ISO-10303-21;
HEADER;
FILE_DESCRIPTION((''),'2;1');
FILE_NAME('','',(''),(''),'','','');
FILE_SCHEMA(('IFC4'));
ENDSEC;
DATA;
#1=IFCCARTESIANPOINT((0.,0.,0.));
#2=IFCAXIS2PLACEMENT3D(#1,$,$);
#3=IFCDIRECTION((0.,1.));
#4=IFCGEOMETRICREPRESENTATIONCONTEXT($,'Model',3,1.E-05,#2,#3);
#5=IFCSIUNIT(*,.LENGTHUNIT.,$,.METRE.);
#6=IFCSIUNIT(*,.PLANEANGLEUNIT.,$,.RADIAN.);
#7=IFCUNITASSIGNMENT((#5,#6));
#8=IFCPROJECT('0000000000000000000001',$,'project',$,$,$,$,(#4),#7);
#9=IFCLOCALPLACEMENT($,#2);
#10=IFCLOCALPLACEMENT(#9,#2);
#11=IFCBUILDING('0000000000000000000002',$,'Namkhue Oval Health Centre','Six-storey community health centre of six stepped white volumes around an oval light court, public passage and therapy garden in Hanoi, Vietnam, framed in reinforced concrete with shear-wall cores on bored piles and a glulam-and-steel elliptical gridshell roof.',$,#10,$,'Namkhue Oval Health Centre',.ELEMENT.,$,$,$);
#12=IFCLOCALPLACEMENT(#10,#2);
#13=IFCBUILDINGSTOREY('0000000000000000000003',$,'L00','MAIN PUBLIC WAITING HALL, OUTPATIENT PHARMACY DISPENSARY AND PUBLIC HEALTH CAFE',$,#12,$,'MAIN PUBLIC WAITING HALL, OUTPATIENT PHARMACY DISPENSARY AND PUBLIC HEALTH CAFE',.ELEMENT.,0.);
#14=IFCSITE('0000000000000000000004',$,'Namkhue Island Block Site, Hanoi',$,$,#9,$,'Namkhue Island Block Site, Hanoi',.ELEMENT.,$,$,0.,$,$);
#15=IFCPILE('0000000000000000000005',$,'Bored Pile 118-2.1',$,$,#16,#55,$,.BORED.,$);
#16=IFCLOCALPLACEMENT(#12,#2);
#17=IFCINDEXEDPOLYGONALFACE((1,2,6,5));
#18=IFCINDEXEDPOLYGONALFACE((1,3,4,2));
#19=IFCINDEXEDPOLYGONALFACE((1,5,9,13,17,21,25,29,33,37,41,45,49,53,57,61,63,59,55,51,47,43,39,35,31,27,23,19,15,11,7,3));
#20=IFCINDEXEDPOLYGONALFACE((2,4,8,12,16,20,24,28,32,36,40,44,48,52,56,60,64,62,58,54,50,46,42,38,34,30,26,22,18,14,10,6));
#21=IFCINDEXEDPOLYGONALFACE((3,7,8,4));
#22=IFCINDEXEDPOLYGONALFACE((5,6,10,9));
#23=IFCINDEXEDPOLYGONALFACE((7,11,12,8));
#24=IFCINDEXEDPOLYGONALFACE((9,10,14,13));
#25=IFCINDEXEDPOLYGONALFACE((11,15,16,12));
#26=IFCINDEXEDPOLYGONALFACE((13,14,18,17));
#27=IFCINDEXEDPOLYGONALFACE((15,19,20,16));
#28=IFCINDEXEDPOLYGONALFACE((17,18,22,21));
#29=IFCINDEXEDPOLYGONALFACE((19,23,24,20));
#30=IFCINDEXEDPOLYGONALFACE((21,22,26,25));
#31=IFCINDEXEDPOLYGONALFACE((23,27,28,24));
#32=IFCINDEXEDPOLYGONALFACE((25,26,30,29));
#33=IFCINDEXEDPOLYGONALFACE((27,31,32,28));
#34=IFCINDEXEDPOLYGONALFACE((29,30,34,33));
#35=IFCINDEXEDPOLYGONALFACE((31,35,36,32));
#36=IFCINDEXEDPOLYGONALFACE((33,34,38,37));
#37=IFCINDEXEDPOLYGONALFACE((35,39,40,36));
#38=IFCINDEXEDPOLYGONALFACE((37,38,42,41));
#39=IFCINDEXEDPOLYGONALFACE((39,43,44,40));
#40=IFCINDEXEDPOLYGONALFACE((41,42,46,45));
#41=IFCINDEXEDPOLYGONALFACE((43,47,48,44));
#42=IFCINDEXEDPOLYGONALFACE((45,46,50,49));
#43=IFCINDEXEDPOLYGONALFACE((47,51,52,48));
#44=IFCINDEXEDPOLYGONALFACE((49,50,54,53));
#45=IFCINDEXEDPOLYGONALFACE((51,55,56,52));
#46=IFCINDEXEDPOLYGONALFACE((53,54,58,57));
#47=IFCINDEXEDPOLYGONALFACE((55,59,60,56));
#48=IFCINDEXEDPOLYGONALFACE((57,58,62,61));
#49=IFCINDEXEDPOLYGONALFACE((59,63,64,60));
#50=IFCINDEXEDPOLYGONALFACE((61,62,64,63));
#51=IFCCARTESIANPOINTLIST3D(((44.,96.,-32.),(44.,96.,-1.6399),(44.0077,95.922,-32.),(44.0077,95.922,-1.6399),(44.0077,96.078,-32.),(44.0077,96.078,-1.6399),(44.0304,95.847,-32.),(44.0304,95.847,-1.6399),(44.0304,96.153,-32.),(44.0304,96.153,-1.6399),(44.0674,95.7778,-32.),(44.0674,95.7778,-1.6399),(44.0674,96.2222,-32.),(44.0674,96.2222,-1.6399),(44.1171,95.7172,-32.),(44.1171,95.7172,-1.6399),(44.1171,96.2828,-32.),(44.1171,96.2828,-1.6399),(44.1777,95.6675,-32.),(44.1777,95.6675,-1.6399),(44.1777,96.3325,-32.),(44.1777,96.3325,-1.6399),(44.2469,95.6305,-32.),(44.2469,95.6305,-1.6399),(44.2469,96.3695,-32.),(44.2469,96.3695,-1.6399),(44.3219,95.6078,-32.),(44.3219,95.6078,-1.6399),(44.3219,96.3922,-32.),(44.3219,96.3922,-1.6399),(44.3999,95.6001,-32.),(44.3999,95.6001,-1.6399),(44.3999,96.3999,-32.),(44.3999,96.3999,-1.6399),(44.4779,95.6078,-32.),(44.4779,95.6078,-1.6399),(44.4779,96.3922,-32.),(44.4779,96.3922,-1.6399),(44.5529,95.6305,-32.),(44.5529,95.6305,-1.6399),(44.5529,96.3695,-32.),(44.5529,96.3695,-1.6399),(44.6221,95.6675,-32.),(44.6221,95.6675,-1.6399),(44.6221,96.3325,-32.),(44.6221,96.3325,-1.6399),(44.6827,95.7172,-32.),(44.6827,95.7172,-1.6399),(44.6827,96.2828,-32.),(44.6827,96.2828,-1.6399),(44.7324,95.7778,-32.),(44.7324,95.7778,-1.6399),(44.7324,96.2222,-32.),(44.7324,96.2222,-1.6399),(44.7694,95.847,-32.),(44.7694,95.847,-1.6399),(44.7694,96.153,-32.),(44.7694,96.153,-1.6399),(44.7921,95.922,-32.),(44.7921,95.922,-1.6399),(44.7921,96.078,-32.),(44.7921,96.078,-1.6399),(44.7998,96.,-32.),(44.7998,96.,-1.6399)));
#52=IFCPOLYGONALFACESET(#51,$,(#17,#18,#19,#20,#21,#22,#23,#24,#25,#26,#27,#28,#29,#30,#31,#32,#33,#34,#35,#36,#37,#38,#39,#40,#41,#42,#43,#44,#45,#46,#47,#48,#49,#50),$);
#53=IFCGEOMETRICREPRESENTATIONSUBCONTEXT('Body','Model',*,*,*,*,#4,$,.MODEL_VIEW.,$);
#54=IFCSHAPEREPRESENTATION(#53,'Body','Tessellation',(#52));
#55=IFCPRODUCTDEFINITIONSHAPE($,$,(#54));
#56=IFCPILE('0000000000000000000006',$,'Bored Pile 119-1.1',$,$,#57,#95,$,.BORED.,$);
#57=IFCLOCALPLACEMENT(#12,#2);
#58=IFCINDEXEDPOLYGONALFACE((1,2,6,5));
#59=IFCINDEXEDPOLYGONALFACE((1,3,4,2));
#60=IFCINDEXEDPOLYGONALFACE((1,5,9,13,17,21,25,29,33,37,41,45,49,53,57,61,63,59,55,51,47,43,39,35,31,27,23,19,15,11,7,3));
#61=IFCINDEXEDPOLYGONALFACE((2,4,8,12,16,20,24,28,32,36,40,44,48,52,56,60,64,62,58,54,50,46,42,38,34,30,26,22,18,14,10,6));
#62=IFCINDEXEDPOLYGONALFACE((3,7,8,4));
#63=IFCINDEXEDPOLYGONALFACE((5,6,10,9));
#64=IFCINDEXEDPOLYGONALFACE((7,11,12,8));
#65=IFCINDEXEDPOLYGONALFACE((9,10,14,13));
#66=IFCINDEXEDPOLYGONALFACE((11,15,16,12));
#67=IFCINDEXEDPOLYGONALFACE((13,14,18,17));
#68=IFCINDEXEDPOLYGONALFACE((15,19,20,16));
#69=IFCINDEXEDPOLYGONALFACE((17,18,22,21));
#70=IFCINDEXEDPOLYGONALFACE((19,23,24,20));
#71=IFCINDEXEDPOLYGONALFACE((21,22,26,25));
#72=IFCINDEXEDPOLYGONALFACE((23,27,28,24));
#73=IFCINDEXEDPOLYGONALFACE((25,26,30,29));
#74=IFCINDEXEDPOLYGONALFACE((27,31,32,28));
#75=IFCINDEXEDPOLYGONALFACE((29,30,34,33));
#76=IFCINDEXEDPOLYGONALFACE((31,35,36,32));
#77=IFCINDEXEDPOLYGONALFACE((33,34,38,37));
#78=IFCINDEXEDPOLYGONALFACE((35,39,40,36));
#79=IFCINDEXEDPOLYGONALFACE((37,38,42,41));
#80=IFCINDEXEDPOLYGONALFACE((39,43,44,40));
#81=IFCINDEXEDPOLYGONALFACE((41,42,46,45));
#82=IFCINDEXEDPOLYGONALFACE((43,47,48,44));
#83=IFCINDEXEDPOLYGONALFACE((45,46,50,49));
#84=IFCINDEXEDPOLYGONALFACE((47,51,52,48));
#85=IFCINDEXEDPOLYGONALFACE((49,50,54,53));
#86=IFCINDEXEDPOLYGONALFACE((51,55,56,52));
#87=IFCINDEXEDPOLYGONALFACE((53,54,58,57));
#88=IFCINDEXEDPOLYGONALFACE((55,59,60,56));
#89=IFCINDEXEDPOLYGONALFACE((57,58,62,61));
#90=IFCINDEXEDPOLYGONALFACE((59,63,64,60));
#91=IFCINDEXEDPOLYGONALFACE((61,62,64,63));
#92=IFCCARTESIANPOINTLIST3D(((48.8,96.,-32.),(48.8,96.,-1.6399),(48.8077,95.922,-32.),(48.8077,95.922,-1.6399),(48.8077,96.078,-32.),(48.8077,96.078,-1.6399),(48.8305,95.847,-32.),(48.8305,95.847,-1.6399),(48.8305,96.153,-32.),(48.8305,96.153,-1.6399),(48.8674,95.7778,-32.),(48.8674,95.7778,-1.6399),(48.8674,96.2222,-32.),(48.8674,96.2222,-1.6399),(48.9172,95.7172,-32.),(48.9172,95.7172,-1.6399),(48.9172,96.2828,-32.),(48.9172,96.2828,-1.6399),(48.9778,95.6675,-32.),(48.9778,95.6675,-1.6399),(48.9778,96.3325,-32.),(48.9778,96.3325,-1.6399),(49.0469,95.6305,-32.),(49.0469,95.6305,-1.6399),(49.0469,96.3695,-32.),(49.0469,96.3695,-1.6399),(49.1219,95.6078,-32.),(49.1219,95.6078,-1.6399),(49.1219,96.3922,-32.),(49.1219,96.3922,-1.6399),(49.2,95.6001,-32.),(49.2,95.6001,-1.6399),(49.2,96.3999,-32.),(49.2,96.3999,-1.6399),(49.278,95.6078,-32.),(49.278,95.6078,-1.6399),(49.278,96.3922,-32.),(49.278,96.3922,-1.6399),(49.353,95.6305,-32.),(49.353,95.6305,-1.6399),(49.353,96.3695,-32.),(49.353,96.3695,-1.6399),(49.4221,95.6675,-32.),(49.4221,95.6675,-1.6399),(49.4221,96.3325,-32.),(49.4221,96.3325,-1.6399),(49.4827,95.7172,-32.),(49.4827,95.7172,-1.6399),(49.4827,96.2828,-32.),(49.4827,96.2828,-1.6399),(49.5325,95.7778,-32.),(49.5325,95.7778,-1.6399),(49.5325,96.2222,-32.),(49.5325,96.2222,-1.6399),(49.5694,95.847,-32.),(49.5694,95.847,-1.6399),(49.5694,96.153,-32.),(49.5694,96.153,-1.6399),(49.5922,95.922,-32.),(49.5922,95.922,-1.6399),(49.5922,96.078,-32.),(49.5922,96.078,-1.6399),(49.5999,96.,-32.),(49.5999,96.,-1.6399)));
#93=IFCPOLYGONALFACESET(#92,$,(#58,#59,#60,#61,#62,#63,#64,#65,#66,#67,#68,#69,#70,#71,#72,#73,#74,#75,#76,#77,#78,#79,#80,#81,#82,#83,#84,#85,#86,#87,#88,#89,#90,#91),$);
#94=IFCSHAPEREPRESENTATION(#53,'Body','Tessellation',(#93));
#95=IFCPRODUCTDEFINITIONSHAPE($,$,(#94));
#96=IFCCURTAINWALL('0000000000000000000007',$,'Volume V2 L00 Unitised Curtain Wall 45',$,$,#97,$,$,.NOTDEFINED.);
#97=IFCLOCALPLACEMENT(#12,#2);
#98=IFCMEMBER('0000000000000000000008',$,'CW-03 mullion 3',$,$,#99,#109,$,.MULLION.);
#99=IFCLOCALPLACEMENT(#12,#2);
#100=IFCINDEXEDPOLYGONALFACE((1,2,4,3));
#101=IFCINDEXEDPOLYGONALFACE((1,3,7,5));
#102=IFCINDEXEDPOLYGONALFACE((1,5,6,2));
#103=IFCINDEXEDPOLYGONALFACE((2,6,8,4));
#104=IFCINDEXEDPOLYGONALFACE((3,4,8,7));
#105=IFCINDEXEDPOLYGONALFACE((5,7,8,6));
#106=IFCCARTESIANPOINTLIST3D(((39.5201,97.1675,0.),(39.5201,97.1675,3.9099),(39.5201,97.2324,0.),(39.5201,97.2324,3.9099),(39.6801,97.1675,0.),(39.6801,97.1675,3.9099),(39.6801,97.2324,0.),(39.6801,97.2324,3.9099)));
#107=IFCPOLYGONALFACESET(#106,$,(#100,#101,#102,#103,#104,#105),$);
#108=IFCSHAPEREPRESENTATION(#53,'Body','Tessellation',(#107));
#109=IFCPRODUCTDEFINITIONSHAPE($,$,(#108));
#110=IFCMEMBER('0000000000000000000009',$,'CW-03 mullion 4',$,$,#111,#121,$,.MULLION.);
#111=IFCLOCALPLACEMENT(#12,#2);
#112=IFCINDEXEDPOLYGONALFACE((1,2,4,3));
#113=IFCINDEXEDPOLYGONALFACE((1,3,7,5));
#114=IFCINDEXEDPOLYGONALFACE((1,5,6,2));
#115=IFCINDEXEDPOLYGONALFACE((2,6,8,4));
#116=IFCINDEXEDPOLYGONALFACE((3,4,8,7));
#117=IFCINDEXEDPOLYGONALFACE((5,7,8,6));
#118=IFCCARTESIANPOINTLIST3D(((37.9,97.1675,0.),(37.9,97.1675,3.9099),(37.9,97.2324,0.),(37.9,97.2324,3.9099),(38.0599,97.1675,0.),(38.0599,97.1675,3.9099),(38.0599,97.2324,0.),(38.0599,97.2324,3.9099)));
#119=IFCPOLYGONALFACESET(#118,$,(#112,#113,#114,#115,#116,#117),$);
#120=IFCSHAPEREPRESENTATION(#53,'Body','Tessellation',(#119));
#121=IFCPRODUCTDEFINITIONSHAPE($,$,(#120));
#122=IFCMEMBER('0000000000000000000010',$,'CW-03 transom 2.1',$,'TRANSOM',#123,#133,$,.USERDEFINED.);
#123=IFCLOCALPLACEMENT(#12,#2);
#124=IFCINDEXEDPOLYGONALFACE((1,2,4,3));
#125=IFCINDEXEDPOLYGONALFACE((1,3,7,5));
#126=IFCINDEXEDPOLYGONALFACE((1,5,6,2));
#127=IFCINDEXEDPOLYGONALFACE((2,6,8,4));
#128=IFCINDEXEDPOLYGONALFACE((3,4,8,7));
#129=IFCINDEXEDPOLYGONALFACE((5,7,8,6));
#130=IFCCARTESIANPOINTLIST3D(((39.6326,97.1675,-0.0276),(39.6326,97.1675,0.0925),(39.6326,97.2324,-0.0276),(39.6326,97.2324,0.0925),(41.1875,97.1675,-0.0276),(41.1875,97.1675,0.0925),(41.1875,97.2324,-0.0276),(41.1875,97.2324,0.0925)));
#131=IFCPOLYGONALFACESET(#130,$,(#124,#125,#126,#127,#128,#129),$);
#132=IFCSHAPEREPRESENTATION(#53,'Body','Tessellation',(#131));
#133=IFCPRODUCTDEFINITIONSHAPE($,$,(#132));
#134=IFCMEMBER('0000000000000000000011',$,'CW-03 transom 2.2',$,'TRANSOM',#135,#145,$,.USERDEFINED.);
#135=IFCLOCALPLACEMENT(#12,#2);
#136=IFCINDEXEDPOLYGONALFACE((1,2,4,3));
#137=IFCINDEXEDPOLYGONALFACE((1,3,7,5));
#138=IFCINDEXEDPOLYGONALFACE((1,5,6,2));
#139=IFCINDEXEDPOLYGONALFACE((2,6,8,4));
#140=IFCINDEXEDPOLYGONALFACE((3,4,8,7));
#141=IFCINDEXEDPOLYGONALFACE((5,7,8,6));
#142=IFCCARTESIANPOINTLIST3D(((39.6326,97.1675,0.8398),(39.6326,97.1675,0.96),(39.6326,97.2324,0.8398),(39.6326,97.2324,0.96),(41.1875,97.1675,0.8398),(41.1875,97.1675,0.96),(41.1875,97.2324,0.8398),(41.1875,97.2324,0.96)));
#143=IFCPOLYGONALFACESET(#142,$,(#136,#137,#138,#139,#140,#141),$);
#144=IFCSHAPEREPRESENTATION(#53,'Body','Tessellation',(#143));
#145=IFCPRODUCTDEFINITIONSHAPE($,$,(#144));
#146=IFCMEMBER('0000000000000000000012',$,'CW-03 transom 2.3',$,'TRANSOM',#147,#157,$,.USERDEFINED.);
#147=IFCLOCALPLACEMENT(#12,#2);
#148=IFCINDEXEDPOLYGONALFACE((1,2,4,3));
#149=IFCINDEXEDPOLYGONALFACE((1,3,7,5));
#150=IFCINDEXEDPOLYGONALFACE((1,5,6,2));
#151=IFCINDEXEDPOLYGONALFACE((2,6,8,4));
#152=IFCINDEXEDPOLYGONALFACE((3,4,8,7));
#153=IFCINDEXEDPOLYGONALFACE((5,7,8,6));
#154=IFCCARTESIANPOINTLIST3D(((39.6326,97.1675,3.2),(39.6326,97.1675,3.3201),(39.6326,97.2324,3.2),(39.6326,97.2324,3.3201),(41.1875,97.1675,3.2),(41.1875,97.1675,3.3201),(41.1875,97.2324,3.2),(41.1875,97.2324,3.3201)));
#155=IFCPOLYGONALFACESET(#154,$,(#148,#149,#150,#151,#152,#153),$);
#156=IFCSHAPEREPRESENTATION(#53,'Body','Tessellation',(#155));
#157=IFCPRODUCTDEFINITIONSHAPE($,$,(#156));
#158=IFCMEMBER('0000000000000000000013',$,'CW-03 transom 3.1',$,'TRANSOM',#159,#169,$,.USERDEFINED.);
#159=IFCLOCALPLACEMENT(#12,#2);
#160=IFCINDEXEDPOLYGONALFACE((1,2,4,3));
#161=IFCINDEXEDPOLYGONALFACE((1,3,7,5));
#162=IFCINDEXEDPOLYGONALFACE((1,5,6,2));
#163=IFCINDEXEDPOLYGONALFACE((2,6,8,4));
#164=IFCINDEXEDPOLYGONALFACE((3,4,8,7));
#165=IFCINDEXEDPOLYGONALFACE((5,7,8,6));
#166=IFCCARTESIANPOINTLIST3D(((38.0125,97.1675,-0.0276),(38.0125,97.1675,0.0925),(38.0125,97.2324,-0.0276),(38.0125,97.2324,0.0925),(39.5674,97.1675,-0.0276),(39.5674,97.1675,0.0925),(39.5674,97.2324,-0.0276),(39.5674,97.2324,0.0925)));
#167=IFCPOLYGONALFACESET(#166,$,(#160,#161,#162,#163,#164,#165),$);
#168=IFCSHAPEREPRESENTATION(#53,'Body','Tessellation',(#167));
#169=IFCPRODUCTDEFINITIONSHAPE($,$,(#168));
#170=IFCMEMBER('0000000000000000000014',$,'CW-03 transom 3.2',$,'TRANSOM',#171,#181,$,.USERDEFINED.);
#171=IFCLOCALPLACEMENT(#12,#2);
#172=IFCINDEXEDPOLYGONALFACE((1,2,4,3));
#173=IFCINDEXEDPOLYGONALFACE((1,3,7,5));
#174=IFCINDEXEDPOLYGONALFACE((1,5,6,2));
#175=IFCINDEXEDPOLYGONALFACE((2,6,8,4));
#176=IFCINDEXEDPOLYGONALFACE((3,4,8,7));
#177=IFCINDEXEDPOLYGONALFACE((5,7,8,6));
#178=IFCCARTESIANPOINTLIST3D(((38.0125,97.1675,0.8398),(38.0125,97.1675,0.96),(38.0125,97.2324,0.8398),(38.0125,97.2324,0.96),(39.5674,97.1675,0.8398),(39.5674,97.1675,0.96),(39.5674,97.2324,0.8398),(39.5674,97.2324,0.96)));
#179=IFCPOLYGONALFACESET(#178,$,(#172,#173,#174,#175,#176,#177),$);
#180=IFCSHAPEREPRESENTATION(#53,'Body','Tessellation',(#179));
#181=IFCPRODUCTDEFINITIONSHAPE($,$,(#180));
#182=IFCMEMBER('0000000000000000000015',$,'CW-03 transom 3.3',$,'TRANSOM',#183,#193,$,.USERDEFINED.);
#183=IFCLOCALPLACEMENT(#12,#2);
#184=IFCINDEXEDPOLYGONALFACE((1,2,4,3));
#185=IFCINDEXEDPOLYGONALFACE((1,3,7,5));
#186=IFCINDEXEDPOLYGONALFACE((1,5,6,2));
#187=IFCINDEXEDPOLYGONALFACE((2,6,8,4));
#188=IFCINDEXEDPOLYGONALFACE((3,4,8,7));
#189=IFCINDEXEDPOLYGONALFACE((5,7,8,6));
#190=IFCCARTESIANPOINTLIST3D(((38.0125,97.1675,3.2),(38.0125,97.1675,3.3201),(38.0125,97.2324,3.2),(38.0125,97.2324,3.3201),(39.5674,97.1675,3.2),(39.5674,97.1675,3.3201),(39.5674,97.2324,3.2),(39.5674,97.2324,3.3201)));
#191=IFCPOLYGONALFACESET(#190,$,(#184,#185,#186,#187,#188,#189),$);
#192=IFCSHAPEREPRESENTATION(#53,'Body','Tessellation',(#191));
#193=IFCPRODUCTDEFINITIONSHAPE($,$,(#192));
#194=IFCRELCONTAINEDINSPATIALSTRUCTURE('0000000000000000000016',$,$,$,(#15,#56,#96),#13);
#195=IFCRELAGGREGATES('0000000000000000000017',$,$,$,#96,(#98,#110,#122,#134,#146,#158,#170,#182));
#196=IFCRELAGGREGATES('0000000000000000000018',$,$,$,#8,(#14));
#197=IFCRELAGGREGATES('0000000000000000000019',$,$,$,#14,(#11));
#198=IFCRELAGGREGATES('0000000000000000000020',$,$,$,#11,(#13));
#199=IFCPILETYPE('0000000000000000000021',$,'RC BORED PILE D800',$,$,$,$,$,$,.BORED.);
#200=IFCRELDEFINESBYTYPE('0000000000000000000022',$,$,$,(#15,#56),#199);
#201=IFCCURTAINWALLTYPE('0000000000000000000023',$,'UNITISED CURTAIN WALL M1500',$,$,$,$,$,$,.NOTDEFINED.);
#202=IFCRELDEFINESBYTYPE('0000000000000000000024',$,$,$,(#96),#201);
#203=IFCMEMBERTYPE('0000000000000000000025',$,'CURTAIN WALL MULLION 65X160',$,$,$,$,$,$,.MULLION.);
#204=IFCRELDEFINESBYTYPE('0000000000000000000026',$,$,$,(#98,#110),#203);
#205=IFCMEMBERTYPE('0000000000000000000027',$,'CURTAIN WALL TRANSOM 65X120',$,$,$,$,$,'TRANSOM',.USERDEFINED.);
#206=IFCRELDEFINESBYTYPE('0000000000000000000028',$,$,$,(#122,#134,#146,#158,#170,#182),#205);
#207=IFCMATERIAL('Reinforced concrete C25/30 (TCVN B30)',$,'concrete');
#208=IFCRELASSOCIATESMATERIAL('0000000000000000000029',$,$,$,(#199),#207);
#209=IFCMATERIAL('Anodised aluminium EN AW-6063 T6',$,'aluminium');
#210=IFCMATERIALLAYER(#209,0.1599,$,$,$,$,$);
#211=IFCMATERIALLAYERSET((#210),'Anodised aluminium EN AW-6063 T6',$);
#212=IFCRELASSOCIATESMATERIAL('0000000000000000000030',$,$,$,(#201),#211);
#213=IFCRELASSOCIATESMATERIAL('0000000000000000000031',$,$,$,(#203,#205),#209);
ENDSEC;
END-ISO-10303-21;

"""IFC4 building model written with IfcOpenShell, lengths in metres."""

from ifc_helpers import new_model, si_unit, direction, frame, origin, origin_2d, place, context, subcontext, project, spatial, rectangle, circle, extrude, material, layer, layer_set, material_profile, profile_set, type_object, element, aggregate, save


model = new_model("IFC4")

# Units and contexts
model_context = context("Model", 3, precision=1e-05, world=origin(), true_north=direction((0.0, 1.0)))
body_context = subcontext(model_context, "Body", "Model", "MODEL_VIEW")
ifc_project = project(units=[si_unit("LENGTHUNIT", "METRE"), si_unit("PLANEANGLEUNIT", "RADIAN")], contexts=[model_context])

# Site, building, storey
site_placement = place(None, origin())
site = spatial("IfcSite", under=ifc_project, at=site_placement, Name="Namkhue Island Block Site, Hanoi", LongName="Namkhue Island Block Site, Hanoi", CompositionType="ELEMENT", RefElevation=0.0)
building_placement = place(site_placement, origin())
building = spatial("IfcBuilding", under=site, at=building_placement, Name="Namkhue Oval Health Centre", Description="Six-storey community health centre of six stepped white volumes around an oval light court, public passage and therapy garden in Hanoi, Vietnam, framed in reinforced concrete with shear-wall cores on bored piles and a glulam-and-steel elliptical gridshell roof.", LongName="Namkhue Oval Health Centre", CompositionType="ELEMENT")
storey_placement = place(building_placement, origin())
storey = spatial("IfcBuildingStorey", under=building, at=storey_placement, Name="L00", Description="MAIN PUBLIC WAITING HALL, OUTPATIENT PHARMACY DISPENSARY AND PUBLIC HEALTH CAFE", LongName="MAIN PUBLIC WAITING HALL, OUTPATIENT PHARMACY DISPENSARY AND PUBLIC HEALTH CAFE", CompositionType="ELEMENT", Elevation=0.0)

# Piles
ifc_material_1 = material(Name="Reinforced concrete C25/30 (TCVN B30)", Category="concrete")
ifc_material_profile_1 = material_profile(ifc_material_1, circle(Radius=0.3999, at=origin_2d()), Name="BORED PILE D800")
ifc_profile_set_1 = profile_set([ifc_material_profile_1], Name="Reinforced concrete C25/30 (TCVN B30)")
pile_type = type_object("IfcPileType", Name="RC BORED PILE D800", PredefinedType="BORED", material=ifc_profile_set_1)
for number, where, z_axis, x_axis, name in (
    (1, (44.3999, 96.0, -1.6399), (0.0, 0.0, -1.0), (1.0, 0.0, 0.0), "Bored Pile 118-2.1"),
    (2, (49.2, 96.0, -1.6399), (0.0, 0.0, -1.0), (1.0, 0.0, 0.0), "Bored Pile 119-1.1"),
):
    element("IfcPile", number, at=place(storey_placement, frame(where, z_axis=z_axis, x_axis=x_axis)), inside=storey, type_object=pile_type, Name=name, PredefinedType="BORED", context=body_context, shape_type="SweptSolid", body=[
        extrude(circle(Radius=0.3999, at=origin_2d()), origin(), (0.0, 0.0, 1.0), 30.3601),
    ])

# Curtain wall, members
ifc_material_2 = material(Name="Anodised aluminium EN AW-6063 T6", Category="aluminium")
ifc_layer_1 = layer(ifc_material_2, 0.1599)
ifc_layer_set_1 = layer_set([ifc_layer_1], Name="Anodised aluminium EN AW-6063 T6")
curtain_wall_type = type_object("IfcCurtainWallType", Name="UNITISED CURTAIN WALL M1500", PredefinedType="NOTDEFINED", material=ifc_layer_set_1)
curtain_wall_placement = place(storey_placement, origin())
curtain_wall = element("IfcCurtainWall", 3, at=curtain_wall_placement, inside=storey, type_object=curtain_wall_type, Name="Volume V2 L00 Unitised Curtain Wall 45", PredefinedType="NOTDEFINED")
ifc_material_profile_2 = material_profile(ifc_material_2, rectangle(XDim=0.0649, YDim=0.1599, at=origin_2d()), Name="ALU 65x160")
ifc_profile_set_2 = profile_set([ifc_material_profile_2], Name="Anodised aluminium EN AW-6063 T6")
member_type_1 = type_object("IfcMemberType", Name="CURTAIN WALL MULLION 65X160", PredefinedType="MULLION", material=ifc_profile_set_2)
member_1_placement = place(storey_placement, frame((39.6001, 97.2, 0.0), z_axis=(0.0, 0.0, 1.0), x_axis=(0.0, -1.0, 0.0)))
member_1 = element("IfcMember", 4, at=member_1_placement, type_object=member_type_1, Name="CW-03 mullion 3", PredefinedType="MULLION", context=body_context, shape_type="SweptSolid", body=[
    extrude(rectangle(XDim=0.0649, YDim=0.1599, at=origin_2d()), origin(), (0.0, 0.0, 1.0), 3.9099),
])
member_2_placement = place(storey_placement, frame((37.98, 97.2, 0.0), z_axis=(0.0, 0.0, 1.0), x_axis=(0.0, -1.0, 0.0)))
member_2 = element("IfcMember", 5, at=member_2_placement, type_object=member_type_1, Name="CW-03 mullion 4", PredefinedType="MULLION", context=body_context, shape_type="SweptSolid", body=[
    extrude(rectangle(XDim=0.0649, YDim=0.1599, at=origin_2d()), origin(), (0.0, 0.0, 1.0), 3.9099),
])
ifc_material_profile_3 = material_profile(ifc_material_2, rectangle(XDim=0.0649, YDim=0.1201, at=origin_2d()), Name="ALU 65x120")
ifc_profile_set_3 = profile_set([ifc_material_profile_3], Name="Anodised aluminium EN AW-6063 T6")
member_type_2 = type_object("IfcMemberType", Name="CURTAIN WALL TRANSOM 65X120", ElementType="TRANSOM", PredefinedType="USERDEFINED", material=ifc_profile_set_3)
member_3_placement = place(storey_placement, frame((41.1875, 97.2, 0.0325), z_axis=(-1.0, 0.0, 0.0), x_axis=(0.0, -1.0, 0.0)))
member_3 = element("IfcMember", 6, at=member_3_placement, type_object=member_type_2, Name="CW-03 transom 2.1", ObjectType="TRANSOM", PredefinedType="USERDEFINED", context=body_context, shape_type="SweptSolid", body=[
    extrude(rectangle(XDim=0.0649, YDim=0.1201, at=origin_2d()), origin(), (0.0, 0.0, 1.0), 1.5549),
])
member_4_placement = place(storey_placement, frame((41.1875, 97.2, 0.8999), z_axis=(-1.0, 0.0, 0.0), x_axis=(0.0, -1.0, 0.0)))
member_4 = element("IfcMember", 7, at=member_4_placement, type_object=member_type_2, Name="CW-03 transom 2.2", ObjectType="TRANSOM", PredefinedType="USERDEFINED", context=body_context, shape_type="SweptSolid", body=[
    extrude(rectangle(XDim=0.0649, YDim=0.1201, at=origin_2d()), origin(), (0.0, 0.0, 1.0), 1.5549),
])
member_5_placement = place(storey_placement, frame((41.1875, 97.2, 3.26), z_axis=(-1.0, 0.0, 0.0), x_axis=(0.0, -1.0, 0.0)))
member_5 = element("IfcMember", 8, at=member_5_placement, type_object=member_type_2, Name="CW-03 transom 2.3", ObjectType="TRANSOM", PredefinedType="USERDEFINED", context=body_context, shape_type="SweptSolid", body=[
    extrude(rectangle(XDim=0.0649, YDim=0.1201, at=origin_2d()), origin(), (0.0, 0.0, 1.0), 1.5549),
])
member_6_placement = place(storey_placement, frame((39.5674, 97.2, 0.0325), z_axis=(-1.0, 0.0, 0.0), x_axis=(0.0, -1.0, 0.0)))
member_6 = element("IfcMember", 9, at=member_6_placement, type_object=member_type_2, Name="CW-03 transom 3.1", ObjectType="TRANSOM", PredefinedType="USERDEFINED", context=body_context, shape_type="SweptSolid", body=[
    extrude(rectangle(XDim=0.0649, YDim=0.1201, at=origin_2d()), origin(), (0.0, 0.0, 1.0), 1.5549),
])
member_7_placement = place(storey_placement, frame((39.5674, 97.2, 0.8999), z_axis=(-1.0, 0.0, 0.0), x_axis=(0.0, -1.0, 0.0)))
member_7 = element("IfcMember", 10, at=member_7_placement, type_object=member_type_2, Name="CW-03 transom 3.2", ObjectType="TRANSOM", PredefinedType="USERDEFINED", context=body_context, shape_type="SweptSolid", body=[
    extrude(rectangle(XDim=0.0649, YDim=0.1201, at=origin_2d()), origin(), (0.0, 0.0, 1.0), 1.5549),
])
member_8_placement = place(storey_placement, frame((39.5674, 97.2, 3.26), z_axis=(-1.0, 0.0, 0.0), x_axis=(0.0, -1.0, 0.0)))
member_8 = element("IfcMember", 11, at=member_8_placement, type_object=member_type_2, Name="CW-03 transom 3.3", ObjectType="TRANSOM", PredefinedType="USERDEFINED", context=body_context, shape_type="SweptSolid", body=[
    extrude(rectangle(XDim=0.0649, YDim=0.1201, at=origin_2d()), origin(), (0.0, 0.0, 1.0), 1.5549),
])

aggregate(curtain_wall, [member_1, member_2, member_3, member_4, member_5, member_6, member_7, member_8])

save(model, "model.ifc")
